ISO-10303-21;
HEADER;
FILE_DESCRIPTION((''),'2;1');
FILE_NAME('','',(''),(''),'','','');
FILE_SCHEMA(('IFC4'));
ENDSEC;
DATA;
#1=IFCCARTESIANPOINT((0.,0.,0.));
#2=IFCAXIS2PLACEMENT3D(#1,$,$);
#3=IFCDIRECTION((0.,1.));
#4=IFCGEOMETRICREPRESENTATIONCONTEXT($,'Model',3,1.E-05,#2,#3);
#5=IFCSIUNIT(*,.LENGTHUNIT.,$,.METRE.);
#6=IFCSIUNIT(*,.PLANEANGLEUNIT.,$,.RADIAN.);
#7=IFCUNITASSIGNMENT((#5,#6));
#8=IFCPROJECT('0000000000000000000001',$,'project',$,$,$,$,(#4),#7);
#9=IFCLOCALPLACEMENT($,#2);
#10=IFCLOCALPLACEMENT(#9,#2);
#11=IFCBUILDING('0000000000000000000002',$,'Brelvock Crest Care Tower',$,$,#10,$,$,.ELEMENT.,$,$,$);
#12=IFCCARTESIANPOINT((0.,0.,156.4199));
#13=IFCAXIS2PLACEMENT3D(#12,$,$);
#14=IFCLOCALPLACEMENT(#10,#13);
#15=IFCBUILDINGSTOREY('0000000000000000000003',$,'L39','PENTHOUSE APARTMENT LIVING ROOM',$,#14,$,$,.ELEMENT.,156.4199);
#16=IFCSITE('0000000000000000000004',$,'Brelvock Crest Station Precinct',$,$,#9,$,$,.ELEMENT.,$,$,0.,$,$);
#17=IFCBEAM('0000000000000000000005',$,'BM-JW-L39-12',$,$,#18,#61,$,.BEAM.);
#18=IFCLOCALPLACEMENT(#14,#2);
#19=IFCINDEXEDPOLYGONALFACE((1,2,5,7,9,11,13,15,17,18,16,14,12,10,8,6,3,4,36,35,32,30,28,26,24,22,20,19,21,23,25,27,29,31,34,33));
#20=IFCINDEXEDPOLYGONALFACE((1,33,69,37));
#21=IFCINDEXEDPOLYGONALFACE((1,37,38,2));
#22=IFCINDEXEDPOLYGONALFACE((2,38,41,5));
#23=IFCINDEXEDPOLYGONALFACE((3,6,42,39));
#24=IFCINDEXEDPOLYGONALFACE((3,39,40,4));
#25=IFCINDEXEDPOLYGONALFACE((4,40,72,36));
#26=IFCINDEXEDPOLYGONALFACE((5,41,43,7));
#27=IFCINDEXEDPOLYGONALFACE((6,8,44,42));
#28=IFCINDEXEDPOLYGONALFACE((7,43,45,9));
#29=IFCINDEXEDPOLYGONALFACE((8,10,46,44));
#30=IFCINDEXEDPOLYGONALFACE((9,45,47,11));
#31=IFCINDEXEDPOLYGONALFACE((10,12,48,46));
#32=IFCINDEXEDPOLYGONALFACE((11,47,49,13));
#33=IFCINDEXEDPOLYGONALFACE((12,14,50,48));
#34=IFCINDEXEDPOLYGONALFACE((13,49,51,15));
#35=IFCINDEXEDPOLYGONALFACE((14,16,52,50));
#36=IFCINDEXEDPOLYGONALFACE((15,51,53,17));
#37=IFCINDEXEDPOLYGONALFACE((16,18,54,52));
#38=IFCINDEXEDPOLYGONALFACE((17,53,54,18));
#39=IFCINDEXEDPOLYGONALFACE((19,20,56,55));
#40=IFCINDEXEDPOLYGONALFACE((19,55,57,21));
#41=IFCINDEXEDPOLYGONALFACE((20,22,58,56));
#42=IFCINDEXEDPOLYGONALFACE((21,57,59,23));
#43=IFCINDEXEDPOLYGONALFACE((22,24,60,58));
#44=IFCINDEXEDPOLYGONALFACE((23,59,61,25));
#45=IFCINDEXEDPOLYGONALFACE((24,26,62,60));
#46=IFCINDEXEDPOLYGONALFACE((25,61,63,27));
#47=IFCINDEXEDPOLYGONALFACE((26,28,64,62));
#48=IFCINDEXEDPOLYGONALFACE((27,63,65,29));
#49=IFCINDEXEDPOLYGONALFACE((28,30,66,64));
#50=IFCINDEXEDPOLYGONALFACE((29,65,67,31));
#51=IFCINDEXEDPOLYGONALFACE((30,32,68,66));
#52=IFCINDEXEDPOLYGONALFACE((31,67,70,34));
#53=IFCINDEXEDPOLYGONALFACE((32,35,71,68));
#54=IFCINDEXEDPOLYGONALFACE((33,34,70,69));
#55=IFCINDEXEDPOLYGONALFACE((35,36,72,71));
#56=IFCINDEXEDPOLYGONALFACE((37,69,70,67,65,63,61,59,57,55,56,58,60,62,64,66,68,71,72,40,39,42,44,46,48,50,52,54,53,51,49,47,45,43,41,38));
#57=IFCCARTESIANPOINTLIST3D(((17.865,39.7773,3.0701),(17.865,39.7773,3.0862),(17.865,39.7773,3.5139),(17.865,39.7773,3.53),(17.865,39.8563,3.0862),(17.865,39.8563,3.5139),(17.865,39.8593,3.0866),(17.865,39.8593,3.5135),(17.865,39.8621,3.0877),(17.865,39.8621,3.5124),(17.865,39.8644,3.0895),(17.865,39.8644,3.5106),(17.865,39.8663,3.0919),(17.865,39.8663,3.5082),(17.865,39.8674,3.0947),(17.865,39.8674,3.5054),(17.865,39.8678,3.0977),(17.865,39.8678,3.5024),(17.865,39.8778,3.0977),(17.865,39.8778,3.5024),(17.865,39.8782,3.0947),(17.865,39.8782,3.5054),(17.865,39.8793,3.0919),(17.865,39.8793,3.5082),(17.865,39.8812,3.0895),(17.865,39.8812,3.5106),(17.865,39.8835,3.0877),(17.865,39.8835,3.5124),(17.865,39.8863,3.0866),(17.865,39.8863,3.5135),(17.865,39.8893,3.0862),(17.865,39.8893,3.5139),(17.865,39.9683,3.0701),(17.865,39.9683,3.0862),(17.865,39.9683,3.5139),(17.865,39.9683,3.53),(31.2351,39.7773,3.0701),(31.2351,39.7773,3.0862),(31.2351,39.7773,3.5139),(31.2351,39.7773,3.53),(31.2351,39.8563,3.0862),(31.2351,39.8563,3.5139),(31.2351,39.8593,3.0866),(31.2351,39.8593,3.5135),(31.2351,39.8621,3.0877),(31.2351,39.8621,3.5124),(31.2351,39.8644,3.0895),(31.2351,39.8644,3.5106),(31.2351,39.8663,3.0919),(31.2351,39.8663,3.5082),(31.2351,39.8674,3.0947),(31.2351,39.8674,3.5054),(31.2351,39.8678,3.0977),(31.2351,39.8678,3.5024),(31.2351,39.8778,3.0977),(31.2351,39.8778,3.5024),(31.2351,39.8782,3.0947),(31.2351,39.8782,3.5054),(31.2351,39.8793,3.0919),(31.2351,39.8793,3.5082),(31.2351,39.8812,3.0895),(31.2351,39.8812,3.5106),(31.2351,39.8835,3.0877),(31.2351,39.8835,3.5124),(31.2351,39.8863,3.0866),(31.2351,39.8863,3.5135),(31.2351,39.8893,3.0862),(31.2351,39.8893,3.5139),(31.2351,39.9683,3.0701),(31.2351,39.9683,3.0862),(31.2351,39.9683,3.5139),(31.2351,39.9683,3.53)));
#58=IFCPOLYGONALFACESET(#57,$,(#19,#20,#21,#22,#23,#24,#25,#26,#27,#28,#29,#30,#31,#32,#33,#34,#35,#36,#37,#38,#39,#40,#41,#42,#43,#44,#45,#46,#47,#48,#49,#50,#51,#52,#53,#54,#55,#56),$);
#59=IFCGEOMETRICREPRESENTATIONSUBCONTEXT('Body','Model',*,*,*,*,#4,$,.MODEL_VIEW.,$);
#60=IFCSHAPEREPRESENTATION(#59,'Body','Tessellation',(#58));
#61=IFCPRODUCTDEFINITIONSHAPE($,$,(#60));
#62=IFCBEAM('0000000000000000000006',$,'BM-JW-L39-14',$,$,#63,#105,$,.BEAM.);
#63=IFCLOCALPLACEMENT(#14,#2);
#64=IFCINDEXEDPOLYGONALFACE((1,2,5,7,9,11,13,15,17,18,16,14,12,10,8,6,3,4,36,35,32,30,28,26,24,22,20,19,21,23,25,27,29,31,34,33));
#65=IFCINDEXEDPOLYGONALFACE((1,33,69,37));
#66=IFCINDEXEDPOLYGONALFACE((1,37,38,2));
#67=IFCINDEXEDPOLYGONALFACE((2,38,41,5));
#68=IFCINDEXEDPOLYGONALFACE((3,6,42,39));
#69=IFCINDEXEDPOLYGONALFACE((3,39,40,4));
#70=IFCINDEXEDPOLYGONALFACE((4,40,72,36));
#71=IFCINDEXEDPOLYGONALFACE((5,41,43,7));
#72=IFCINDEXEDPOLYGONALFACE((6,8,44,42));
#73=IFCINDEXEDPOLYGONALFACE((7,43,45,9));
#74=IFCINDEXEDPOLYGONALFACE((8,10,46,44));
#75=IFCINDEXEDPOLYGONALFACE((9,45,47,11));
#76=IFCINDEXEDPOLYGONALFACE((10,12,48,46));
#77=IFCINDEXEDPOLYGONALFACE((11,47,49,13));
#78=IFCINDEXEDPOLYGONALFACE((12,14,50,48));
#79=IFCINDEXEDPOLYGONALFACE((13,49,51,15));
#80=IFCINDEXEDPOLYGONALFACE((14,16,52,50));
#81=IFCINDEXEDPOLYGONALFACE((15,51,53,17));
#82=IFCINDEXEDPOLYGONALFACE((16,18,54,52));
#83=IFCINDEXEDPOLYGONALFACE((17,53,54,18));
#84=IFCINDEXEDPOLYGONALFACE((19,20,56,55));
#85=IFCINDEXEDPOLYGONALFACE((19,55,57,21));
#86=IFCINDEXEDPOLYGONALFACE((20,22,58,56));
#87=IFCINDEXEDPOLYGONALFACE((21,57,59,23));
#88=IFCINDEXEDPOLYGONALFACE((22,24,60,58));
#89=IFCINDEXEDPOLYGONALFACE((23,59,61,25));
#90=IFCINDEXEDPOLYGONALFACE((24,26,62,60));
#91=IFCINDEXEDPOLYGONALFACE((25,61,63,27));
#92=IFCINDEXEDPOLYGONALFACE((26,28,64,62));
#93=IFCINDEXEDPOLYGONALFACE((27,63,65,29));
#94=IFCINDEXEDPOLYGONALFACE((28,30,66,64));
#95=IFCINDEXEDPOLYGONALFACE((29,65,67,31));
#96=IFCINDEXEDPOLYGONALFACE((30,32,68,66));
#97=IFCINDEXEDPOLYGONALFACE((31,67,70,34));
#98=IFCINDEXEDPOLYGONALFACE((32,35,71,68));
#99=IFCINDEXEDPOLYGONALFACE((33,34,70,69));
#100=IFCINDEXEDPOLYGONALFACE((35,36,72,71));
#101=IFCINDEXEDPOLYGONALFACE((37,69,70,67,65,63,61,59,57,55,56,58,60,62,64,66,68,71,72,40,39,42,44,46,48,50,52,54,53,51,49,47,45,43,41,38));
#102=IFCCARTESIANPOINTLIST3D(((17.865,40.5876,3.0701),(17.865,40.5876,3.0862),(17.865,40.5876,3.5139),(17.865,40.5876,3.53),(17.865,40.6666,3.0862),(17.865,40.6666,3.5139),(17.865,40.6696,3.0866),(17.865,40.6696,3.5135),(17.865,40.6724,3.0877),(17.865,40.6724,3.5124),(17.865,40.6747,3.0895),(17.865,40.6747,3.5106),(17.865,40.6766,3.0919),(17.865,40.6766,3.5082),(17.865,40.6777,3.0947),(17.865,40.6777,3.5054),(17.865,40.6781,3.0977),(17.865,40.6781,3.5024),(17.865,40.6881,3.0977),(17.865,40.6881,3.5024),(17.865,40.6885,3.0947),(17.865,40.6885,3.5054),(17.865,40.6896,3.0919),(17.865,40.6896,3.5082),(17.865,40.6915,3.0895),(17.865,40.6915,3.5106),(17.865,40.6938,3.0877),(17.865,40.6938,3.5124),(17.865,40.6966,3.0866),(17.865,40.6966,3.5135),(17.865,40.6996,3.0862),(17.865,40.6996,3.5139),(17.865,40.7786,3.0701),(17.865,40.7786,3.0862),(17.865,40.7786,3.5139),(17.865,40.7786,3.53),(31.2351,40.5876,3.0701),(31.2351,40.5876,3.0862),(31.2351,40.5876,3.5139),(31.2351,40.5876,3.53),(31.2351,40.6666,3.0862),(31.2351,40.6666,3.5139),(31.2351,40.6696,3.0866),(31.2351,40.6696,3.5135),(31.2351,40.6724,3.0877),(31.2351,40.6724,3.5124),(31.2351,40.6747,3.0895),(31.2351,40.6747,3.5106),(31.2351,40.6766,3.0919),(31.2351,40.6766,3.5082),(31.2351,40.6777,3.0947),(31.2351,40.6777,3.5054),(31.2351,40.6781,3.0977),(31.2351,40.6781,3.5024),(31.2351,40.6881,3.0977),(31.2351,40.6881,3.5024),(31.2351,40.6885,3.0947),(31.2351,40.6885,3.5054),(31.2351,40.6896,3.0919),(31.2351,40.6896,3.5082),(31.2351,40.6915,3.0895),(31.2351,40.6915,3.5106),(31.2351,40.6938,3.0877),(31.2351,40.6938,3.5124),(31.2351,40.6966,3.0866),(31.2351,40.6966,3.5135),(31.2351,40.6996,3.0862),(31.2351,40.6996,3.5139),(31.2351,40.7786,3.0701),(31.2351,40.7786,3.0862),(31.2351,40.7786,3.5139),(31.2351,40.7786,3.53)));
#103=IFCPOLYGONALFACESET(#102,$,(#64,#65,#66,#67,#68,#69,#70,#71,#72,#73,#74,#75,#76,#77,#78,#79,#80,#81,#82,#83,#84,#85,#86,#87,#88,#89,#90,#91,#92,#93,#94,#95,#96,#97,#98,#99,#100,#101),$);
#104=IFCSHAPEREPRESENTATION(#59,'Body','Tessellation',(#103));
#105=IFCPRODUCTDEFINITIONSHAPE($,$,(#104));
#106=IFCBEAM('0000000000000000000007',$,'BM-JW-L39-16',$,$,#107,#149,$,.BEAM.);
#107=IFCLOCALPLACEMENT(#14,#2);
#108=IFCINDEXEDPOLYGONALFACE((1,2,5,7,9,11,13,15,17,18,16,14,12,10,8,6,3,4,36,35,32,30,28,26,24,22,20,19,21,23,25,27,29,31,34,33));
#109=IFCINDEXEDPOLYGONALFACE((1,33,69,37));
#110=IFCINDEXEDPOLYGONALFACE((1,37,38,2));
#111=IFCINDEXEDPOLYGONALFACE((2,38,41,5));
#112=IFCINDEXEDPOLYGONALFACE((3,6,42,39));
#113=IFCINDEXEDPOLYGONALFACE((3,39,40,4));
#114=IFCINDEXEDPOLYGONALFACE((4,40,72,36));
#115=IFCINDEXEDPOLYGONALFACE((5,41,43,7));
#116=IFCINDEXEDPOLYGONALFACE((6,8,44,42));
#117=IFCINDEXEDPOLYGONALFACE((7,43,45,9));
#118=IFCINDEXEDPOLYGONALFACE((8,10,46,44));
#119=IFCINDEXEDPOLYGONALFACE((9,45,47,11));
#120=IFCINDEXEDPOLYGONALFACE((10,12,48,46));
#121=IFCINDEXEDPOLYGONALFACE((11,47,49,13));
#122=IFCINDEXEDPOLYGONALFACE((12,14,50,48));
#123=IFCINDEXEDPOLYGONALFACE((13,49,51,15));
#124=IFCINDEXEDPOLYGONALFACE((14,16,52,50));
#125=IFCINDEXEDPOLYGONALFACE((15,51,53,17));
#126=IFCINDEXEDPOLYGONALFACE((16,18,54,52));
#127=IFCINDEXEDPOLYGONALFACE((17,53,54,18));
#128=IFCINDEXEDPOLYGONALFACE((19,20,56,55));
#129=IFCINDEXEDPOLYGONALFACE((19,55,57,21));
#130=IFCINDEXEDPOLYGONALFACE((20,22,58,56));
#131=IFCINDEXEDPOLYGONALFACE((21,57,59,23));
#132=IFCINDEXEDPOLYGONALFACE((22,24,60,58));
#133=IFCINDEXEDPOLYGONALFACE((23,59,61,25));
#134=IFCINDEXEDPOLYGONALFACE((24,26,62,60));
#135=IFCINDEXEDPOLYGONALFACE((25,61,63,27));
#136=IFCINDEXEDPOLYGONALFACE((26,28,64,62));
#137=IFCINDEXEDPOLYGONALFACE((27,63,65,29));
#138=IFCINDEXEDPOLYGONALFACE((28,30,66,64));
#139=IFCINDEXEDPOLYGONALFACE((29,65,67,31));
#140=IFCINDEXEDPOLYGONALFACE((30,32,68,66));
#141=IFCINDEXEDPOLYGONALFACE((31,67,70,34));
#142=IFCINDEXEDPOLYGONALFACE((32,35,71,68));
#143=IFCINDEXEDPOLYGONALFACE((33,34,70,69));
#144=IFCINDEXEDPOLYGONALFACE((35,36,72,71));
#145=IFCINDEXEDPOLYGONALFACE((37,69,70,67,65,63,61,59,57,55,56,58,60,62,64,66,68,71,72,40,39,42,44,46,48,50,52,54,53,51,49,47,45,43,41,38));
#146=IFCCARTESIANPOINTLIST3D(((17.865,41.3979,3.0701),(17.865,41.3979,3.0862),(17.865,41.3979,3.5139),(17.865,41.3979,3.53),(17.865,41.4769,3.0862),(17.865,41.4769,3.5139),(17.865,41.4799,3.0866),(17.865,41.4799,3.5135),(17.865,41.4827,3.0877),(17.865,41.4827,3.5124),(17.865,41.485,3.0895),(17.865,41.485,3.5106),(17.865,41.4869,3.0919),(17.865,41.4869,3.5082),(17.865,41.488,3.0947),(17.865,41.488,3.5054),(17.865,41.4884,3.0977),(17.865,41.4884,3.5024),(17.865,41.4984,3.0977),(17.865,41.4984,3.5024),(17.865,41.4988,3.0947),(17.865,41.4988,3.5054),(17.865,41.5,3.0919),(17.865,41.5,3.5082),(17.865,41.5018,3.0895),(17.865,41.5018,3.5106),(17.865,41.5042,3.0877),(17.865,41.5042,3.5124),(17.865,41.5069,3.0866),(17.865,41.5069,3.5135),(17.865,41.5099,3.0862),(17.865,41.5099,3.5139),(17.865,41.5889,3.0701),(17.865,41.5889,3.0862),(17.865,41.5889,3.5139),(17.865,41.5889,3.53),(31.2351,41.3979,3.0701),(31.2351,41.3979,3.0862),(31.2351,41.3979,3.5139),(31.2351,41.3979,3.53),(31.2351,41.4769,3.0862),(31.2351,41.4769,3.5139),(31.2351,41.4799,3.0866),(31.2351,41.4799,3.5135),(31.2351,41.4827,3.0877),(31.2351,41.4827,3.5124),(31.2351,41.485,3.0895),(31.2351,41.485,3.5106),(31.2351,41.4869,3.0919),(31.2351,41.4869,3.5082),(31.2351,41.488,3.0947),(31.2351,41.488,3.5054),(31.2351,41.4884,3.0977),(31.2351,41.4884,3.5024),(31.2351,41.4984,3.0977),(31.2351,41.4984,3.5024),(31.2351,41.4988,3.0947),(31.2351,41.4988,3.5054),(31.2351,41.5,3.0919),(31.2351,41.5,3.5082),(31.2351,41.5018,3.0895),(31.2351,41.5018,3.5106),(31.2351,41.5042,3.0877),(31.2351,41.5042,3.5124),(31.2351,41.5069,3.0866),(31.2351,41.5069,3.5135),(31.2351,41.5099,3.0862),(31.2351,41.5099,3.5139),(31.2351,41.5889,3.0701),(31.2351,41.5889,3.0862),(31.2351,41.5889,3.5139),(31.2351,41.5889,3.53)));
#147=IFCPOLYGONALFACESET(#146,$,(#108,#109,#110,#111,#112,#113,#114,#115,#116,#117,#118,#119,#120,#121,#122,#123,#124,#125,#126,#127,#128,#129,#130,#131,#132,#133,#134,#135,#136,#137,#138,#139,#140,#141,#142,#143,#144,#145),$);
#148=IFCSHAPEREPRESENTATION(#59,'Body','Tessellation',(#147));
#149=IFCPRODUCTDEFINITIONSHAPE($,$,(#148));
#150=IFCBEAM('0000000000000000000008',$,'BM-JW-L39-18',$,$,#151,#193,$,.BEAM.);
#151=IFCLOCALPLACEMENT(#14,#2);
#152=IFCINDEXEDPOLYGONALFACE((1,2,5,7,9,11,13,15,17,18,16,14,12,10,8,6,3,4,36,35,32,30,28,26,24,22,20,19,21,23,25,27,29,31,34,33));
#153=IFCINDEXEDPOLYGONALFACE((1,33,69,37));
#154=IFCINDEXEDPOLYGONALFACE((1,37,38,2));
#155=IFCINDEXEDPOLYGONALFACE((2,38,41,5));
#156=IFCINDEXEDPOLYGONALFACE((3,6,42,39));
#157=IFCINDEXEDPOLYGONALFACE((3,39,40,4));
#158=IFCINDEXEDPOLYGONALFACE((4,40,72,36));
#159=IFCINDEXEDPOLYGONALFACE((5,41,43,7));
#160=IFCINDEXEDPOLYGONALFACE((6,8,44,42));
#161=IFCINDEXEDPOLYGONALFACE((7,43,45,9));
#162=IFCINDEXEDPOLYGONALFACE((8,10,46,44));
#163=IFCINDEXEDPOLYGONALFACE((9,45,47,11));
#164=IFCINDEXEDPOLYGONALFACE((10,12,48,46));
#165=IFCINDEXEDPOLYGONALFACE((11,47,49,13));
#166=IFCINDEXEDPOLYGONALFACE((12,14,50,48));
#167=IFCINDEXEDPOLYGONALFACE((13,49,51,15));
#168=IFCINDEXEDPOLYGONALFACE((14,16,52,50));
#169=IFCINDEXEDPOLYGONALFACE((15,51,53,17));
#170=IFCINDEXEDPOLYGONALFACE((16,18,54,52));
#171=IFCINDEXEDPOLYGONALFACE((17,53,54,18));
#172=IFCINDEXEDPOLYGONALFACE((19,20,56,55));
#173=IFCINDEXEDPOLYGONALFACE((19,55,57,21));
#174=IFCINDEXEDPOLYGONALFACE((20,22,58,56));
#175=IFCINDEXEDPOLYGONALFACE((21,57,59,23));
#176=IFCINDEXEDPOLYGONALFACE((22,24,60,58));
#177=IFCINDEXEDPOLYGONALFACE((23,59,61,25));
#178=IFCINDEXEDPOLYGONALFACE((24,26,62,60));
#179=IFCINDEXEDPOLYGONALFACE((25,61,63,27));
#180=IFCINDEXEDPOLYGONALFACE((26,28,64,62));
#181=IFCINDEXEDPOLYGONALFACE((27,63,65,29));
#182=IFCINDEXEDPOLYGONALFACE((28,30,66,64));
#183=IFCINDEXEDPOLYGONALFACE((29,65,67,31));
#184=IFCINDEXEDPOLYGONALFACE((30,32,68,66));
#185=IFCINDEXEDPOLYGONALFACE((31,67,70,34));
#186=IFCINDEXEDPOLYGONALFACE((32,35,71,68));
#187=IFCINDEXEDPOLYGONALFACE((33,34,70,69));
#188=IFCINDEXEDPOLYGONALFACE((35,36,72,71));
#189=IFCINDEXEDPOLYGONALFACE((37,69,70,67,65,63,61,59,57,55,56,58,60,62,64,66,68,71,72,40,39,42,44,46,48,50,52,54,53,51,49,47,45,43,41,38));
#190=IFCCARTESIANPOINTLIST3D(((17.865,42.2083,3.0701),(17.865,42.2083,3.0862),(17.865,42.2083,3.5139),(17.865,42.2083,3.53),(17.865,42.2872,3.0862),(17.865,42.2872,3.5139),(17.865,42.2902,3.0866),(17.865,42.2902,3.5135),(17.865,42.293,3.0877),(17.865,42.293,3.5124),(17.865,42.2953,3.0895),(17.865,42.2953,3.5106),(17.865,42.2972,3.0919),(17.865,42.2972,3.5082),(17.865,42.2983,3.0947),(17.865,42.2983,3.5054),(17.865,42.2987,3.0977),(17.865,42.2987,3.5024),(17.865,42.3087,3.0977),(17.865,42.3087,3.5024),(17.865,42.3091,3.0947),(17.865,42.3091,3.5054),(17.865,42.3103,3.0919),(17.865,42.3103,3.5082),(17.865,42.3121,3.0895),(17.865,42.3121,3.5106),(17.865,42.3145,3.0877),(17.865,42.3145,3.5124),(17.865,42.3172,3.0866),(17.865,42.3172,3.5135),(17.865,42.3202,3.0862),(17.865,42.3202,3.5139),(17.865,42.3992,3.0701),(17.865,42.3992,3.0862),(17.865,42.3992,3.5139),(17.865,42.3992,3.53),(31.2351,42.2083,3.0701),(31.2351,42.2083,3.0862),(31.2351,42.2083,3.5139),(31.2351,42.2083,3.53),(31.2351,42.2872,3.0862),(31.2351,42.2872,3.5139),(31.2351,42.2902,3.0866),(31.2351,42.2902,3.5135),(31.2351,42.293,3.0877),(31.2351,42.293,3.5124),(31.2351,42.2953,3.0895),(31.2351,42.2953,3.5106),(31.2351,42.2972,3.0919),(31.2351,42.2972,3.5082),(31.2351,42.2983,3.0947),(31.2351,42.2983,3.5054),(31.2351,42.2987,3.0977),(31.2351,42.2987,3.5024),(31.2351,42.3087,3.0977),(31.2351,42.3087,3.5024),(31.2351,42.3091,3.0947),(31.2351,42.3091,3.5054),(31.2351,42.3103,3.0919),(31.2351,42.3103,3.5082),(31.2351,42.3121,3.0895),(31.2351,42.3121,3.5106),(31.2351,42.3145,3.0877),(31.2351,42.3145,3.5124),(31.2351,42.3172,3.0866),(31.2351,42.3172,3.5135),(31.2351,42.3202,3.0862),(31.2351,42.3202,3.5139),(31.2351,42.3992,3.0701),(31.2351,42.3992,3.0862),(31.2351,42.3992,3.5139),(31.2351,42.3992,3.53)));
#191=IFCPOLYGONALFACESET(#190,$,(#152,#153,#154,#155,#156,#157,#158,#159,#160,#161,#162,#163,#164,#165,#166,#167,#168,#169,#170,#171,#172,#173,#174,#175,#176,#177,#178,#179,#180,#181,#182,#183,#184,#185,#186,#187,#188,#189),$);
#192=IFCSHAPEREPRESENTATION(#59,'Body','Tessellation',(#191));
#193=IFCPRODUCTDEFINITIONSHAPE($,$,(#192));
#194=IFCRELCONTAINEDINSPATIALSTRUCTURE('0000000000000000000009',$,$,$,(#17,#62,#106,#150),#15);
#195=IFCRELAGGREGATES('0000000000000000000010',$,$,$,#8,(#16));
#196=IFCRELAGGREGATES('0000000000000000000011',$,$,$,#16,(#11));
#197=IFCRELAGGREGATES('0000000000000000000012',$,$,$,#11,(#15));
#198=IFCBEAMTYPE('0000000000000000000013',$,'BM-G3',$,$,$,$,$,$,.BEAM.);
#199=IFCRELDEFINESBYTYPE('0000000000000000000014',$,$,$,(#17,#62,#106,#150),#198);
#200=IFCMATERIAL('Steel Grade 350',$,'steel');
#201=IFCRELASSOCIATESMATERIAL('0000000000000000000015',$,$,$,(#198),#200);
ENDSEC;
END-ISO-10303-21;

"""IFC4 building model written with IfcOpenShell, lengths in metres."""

from ifc_helpers import new_model, si_unit, direction, frame, origin, origin_2d, place, context, subcontext, project, spatial, i_section, extrude, source, transform, mapped, material, material_profile, profile_set, type_object, element, save


model = new_model("IFC4")

# Units and contexts
model_context = context("Model", 3, precision=1e-05, world=origin(), true_north=direction((0.0, 1.0)))
body_context = subcontext(model_context, "Body", "Model", "MODEL_VIEW")
ifc_project = project(units=[si_unit("LENGTHUNIT", "METRE"), si_unit("PLANEANGLEUNIT", "RADIAN")], contexts=[model_context])

# Site, building, storey
site_placement = place(None, origin())
site = spatial("IfcSite", under=ifc_project, at=site_placement, Name="Brelvock Crest Station Precinct", CompositionType="ELEMENT", RefElevation=0.0)
building_placement = place(site_placement, origin())
building = spatial("IfcBuilding", under=site, at=building_placement, Name="Brelvock Crest Care Tower", CompositionType="ELEMENT")
storey_placement = place(building_placement, frame((0.0, 0.0, 156.4199)))
storey = spatial("IfcBuildingStorey", under=building, at=storey_placement, Name="L39", Description="PENTHOUSE APARTMENT LIVING ROOM", CompositionType="ELEMENT", Elevation=156.4199)

# Shared definitions
ifc_material_1 = material(Name="Steel Grade 350", Category="steel")

# Beams
ifc_material_profile_1 = material_profile(ifc_material_1, i_section(OverallWidth=0.1909, OverallDepth=0.46, WebThickness=0.01, FlangeThickness=0.0161, FilletRadius=0.0115, at=origin_2d()), Name="460UB82.1")
ifc_profile_set_1 = profile_set([ifc_material_profile_1], Name="Steel Grade 350")
beam_type_1 = type_object("IfcBeamType", Name="BM-G3", PredefinedType="BEAM", material=ifc_profile_set_1)
shared_shape_1 = source(origin(), body_context, "Body", "SweptSolid", [
    extrude(i_section(OverallWidth=0.1909, OverallDepth=0.46, WebThickness=0.01, FlangeThickness=0.0161, FilletRadius=0.0115, at=origin_2d()), origin(), (0.0, 0.0, 1.0), 13.3701),
])
for number, where, z_axis, x_axis, name in (
    (1, (17.865, 39.8728, 3.3), (1.0, 0.0, 0.0), (0.0, 1.0, 0.0), "BM-JW-L39-12"),
    (2, (17.865, 40.6831, 3.3), (1.0, 0.0, 0.0), (0.0, 1.0, 0.0), "BM-JW-L39-14"),
    (3, (17.865, 41.4934, 3.3), (1.0, 0.0, 0.0), (0.0, 1.0, 0.0), "BM-JW-L39-16"),
    (4, (17.865, 42.3037, 3.3), (1.0, 0.0, 0.0), (0.0, 1.0, 0.0), "BM-JW-L39-18"),
):
    element("IfcBeam", number, at=place(storey_placement, frame(where, z_axis=z_axis, x_axis=x_axis)), inside=storey, type_object=beam_type_1, Name=name, PredefinedType="BEAM", context=body_context, shape_type="MappedRepresentation", body=[
        mapped(shared_shape_1, transform((0.0, 0.0, 0.0), x_axis=(1.0, 0.0, 0.0), y_axis=(0.0, 1.0, 0.0), z_axis=(0.0, 0.0, 1.0), scale=1.0)),
    ])

save(model, "model.ifc")
